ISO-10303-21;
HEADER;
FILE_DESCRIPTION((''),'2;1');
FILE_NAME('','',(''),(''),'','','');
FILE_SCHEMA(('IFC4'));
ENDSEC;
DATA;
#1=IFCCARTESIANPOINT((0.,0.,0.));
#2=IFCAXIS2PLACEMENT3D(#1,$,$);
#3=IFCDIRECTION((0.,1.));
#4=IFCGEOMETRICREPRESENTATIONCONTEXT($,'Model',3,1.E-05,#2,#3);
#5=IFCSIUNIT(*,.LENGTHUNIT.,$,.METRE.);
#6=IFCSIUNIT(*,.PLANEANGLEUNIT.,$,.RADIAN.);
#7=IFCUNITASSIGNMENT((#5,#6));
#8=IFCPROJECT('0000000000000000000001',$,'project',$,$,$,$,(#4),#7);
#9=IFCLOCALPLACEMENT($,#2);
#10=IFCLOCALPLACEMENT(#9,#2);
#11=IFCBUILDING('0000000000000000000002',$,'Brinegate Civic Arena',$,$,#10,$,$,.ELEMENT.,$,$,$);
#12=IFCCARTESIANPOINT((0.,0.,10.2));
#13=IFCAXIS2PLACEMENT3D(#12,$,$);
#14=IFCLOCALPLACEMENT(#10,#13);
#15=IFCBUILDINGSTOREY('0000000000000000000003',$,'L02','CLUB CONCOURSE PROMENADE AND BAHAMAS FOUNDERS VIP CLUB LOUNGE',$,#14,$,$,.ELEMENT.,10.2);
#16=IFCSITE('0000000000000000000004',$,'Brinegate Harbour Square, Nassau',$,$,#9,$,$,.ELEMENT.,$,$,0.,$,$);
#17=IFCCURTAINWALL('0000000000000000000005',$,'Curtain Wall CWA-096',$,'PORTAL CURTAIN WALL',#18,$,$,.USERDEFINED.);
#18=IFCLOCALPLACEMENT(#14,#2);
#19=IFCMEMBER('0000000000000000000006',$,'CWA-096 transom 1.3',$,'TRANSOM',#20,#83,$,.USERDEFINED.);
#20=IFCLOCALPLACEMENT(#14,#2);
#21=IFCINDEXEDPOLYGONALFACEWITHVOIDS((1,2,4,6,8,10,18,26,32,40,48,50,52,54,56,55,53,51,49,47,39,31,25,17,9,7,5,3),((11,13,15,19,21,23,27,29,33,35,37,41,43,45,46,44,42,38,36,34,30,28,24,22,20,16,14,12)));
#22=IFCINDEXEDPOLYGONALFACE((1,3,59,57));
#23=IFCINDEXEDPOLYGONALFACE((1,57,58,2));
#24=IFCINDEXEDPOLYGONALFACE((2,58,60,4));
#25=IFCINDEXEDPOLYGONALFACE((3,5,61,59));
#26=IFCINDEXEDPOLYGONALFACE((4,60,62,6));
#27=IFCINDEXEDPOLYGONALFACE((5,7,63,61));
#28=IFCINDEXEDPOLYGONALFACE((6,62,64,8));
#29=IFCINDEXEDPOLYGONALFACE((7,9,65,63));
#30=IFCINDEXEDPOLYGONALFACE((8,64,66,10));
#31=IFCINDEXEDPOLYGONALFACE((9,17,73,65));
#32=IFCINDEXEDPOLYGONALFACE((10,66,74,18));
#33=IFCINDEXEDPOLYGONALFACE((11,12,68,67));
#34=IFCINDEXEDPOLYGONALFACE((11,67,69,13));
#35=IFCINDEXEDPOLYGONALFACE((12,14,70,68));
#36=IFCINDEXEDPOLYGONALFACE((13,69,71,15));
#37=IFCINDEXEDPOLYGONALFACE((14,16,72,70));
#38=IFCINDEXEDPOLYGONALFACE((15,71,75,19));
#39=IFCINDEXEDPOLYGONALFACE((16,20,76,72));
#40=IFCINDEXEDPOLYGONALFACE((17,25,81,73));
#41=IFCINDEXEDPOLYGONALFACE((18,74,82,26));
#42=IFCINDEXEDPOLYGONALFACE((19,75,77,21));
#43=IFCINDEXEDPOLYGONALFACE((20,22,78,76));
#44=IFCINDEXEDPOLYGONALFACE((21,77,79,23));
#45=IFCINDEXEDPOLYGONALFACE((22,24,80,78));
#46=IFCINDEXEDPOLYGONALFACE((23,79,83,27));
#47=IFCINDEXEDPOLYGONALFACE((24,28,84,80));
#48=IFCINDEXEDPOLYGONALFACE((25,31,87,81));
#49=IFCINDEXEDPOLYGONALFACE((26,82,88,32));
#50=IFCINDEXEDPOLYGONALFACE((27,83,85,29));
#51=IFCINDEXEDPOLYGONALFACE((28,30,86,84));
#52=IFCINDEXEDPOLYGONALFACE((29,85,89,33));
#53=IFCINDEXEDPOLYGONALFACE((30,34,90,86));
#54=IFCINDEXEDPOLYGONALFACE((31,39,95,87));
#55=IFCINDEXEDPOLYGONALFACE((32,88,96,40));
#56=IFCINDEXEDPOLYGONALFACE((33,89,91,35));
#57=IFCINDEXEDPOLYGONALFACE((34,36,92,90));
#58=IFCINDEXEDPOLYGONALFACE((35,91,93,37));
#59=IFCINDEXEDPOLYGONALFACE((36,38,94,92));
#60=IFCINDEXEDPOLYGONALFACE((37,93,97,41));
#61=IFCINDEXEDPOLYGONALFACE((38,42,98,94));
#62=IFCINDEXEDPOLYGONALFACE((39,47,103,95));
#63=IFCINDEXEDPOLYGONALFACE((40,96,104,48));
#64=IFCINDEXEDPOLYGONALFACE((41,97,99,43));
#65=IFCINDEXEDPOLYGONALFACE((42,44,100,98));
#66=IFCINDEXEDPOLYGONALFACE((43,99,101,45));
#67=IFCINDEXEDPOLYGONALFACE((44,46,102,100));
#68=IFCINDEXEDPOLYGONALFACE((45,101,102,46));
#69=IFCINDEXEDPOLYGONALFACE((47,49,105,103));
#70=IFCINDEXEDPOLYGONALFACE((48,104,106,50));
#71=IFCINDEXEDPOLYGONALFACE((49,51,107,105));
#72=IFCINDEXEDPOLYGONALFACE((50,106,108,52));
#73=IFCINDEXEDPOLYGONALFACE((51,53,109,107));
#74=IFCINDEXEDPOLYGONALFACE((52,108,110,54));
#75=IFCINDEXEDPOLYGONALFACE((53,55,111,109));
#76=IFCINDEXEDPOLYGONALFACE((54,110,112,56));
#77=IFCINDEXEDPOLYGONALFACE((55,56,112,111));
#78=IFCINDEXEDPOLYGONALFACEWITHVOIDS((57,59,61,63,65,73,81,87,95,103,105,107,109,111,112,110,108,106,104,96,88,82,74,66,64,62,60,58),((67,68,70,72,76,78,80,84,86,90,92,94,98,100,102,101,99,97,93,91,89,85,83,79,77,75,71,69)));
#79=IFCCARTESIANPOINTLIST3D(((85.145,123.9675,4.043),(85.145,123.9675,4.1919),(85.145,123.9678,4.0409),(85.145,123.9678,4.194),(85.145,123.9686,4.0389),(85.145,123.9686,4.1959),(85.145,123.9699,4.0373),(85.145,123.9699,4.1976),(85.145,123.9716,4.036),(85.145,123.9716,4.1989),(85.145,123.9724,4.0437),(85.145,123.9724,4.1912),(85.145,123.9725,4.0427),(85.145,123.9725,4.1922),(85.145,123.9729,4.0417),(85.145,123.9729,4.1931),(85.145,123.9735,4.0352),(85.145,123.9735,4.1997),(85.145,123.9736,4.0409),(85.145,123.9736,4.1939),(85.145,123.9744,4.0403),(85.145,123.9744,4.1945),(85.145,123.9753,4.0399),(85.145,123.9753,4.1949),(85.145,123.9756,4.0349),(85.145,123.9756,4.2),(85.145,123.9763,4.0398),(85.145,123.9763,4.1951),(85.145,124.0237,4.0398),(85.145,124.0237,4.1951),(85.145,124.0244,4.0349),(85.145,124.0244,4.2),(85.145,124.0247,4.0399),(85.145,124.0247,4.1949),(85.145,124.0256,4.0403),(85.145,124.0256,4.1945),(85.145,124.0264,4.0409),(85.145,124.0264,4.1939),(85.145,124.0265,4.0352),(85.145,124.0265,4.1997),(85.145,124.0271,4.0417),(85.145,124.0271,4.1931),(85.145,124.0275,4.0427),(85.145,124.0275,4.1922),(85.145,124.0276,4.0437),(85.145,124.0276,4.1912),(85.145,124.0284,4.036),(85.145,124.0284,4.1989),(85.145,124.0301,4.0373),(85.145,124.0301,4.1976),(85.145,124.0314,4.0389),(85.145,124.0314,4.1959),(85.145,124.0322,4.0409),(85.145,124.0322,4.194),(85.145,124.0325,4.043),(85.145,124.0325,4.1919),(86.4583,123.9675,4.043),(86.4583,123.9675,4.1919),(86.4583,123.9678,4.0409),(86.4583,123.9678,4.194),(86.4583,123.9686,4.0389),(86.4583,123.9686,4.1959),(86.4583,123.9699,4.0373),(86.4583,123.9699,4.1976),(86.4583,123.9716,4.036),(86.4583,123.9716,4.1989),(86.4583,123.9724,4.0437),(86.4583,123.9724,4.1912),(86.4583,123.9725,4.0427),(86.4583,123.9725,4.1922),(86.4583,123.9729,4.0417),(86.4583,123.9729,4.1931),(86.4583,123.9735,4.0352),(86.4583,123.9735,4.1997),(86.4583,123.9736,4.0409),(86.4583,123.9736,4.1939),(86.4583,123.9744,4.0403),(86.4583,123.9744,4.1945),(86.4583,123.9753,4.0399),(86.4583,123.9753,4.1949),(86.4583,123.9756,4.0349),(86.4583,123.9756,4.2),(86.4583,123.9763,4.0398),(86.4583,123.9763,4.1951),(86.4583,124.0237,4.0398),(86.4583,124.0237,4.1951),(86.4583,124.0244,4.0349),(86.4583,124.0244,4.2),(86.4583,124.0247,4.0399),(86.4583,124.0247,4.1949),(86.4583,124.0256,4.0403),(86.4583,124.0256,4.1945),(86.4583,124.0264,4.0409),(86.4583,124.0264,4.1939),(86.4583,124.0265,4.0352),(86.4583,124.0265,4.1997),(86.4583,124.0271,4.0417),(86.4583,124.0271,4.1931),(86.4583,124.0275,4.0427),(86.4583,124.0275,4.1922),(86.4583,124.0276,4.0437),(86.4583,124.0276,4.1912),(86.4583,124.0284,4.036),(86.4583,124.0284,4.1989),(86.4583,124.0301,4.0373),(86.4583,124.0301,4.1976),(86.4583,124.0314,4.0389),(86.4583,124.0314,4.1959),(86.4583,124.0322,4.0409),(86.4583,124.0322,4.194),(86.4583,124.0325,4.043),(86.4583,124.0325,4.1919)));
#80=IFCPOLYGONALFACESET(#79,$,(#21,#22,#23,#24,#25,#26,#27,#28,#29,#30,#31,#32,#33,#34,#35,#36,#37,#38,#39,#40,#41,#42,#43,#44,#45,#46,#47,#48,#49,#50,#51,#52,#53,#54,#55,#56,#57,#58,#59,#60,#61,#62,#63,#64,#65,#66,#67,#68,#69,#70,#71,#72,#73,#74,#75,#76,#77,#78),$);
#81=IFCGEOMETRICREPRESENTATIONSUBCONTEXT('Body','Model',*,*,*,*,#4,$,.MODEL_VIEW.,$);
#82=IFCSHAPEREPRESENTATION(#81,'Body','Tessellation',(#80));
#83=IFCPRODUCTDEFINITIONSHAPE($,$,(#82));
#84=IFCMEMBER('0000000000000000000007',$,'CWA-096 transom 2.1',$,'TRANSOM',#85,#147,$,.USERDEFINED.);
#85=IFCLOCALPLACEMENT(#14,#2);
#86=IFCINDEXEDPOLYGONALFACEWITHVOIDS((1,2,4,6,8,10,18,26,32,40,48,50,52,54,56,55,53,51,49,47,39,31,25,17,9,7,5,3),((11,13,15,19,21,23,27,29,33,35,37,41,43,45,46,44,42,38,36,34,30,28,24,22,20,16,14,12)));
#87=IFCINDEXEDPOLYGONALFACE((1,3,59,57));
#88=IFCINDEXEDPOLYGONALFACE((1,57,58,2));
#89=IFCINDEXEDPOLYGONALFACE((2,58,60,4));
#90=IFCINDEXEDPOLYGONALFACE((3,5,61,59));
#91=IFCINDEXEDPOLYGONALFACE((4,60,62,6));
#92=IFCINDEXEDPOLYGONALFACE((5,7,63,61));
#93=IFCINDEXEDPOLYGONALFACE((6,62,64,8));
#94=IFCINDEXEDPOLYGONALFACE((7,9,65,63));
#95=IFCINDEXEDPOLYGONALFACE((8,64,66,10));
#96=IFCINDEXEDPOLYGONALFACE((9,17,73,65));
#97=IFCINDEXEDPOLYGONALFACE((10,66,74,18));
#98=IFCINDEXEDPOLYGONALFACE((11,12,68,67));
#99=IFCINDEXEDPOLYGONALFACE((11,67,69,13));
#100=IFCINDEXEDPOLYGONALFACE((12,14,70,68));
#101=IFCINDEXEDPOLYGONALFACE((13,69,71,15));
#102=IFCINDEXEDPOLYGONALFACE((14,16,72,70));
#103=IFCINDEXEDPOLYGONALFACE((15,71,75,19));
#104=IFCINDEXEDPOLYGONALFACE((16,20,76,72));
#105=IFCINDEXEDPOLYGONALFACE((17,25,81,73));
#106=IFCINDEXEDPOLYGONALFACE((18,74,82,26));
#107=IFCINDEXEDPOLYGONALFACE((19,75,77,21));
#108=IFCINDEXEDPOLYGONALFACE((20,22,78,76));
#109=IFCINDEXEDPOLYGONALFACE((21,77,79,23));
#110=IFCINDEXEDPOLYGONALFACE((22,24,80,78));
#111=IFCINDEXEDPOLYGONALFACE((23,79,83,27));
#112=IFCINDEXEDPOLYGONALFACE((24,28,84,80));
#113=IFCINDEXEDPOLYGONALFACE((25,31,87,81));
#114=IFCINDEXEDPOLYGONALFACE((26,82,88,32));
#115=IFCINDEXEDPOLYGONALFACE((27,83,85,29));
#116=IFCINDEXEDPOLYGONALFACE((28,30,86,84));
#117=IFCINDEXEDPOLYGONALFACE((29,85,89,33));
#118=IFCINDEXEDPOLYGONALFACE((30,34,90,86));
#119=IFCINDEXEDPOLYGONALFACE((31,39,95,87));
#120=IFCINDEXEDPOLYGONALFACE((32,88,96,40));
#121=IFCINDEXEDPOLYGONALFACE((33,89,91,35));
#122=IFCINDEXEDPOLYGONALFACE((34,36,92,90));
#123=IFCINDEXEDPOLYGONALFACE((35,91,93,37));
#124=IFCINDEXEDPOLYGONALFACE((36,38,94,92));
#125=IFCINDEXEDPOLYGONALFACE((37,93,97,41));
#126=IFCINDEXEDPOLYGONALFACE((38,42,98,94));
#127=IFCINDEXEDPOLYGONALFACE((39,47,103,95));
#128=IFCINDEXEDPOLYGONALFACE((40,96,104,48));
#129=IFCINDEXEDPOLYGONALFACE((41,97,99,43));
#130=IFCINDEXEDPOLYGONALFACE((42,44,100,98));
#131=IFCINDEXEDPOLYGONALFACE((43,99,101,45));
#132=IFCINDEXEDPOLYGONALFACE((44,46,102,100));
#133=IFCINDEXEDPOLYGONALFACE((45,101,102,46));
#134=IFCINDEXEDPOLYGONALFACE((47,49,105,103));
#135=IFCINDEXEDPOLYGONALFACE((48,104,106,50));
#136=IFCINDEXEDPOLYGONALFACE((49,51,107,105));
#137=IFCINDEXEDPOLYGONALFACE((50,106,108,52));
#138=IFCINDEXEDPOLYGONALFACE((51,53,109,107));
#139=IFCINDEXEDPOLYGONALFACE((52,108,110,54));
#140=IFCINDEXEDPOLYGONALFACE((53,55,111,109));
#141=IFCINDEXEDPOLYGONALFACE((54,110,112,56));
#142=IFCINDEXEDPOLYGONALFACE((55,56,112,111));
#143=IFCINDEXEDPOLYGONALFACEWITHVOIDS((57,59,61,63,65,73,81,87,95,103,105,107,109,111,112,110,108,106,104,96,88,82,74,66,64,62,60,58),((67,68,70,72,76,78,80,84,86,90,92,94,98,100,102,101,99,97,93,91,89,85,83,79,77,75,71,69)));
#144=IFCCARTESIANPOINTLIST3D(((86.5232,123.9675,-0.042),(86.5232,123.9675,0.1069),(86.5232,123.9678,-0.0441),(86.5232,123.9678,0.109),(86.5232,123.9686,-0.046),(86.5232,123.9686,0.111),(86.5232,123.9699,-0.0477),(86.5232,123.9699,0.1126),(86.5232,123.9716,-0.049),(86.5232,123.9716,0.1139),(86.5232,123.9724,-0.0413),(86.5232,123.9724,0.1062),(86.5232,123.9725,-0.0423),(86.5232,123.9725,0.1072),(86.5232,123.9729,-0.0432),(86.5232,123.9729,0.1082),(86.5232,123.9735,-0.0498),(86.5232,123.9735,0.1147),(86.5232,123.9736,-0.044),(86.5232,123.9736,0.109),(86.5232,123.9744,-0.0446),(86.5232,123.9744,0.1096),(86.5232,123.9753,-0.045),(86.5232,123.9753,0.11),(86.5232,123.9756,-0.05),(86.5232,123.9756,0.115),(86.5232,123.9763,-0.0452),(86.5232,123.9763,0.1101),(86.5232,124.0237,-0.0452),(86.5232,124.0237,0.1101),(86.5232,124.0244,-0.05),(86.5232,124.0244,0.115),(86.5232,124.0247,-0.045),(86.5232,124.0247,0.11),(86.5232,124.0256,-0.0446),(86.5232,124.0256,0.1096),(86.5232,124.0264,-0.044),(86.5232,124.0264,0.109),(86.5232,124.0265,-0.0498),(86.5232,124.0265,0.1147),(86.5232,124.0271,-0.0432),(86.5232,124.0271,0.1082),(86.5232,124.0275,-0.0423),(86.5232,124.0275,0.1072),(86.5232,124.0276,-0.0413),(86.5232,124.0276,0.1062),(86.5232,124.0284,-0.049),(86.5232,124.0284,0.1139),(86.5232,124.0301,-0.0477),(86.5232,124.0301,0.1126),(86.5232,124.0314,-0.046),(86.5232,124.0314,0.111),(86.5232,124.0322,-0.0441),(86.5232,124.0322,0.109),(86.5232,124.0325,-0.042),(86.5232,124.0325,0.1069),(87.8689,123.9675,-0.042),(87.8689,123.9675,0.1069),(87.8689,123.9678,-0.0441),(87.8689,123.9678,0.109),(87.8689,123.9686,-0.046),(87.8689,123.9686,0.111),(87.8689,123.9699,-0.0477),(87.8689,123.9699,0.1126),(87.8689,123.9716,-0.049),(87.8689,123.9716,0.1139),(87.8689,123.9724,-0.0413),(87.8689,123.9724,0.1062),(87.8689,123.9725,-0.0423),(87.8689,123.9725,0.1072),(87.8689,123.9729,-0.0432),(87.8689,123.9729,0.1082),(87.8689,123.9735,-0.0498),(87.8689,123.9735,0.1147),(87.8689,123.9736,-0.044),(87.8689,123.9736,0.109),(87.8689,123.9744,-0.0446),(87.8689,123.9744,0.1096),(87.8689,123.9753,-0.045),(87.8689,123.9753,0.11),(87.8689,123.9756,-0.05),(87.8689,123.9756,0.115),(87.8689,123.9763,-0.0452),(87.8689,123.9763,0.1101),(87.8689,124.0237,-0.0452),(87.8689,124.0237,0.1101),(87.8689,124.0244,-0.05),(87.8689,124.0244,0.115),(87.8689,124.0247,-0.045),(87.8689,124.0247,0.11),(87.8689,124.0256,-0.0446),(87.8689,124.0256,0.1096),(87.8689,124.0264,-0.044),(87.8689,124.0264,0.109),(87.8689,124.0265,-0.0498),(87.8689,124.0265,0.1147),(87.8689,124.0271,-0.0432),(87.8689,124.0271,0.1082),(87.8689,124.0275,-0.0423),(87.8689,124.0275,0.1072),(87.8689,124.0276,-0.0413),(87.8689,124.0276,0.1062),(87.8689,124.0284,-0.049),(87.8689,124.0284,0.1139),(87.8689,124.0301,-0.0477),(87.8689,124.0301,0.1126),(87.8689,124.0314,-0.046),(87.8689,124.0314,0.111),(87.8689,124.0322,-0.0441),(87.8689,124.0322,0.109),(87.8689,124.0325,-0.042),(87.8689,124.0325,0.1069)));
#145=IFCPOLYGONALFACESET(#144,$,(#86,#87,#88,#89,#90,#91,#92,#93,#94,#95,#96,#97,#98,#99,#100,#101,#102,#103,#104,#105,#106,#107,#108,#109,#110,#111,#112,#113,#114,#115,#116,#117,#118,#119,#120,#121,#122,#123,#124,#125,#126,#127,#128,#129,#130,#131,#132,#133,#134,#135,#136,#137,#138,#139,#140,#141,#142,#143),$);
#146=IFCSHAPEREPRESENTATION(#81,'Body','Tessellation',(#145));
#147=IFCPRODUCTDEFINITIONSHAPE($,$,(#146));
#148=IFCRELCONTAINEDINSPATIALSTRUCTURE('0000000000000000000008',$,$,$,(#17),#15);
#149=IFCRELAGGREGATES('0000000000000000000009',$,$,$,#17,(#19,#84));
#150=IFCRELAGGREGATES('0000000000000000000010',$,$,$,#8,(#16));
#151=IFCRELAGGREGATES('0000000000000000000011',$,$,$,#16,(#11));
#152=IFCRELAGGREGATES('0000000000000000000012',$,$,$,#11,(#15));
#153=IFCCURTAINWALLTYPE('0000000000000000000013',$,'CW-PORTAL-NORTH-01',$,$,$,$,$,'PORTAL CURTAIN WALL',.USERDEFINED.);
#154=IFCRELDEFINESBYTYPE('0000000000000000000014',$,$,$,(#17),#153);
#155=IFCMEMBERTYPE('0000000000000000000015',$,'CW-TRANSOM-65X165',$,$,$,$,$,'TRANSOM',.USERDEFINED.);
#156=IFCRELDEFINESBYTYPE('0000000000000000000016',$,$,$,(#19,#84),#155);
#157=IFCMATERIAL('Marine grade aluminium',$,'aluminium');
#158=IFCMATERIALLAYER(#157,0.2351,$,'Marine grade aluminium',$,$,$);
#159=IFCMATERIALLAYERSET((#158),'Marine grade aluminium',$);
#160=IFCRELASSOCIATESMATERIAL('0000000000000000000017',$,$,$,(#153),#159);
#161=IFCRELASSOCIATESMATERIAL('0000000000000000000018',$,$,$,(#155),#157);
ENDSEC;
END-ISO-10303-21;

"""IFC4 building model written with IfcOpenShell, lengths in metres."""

from ifc_helpers import new_model, si_unit, direction, frame, origin, origin_2d, place, context, subcontext, project, spatial, hollow_rectangle, extrude, material, layer, layer_set, material_profile, profile_set, type_object, element, aggregate, save


model = new_model("IFC4")

# Units and contexts
model_context = context("Model", 3, precision=1e-05, world=origin(), true_north=direction((0.0, 1.0)))
body_context = subcontext(model_context, "Body", "Model", "MODEL_VIEW")
ifc_project = project(units=[si_unit("LENGTHUNIT", "METRE"), si_unit("PLANEANGLEUNIT", "RADIAN")], contexts=[model_context])

# Site, building, storey
site_placement = place(None, origin())
site = spatial("IfcSite", under=ifc_project, at=site_placement, Name="Brinegate Harbour Square, Nassau", CompositionType="ELEMENT", RefElevation=0.0)
building_placement = place(site_placement, origin())
building = spatial("IfcBuilding", under=site, at=building_placement, Name="Brinegate Civic Arena", CompositionType="ELEMENT")
storey_placement = place(building_placement, frame((0.0, 0.0, 10.2)))
storey = spatial("IfcBuildingStorey", under=building, at=storey_placement, Name="L02", Description="CLUB CONCOURSE PROMENADE AND BAHAMAS FOUNDERS VIP CLUB LOUNGE", CompositionType="ELEMENT", Elevation=10.2)

# Curtain wall, members
ifc_material_1 = material(Name="Marine grade aluminium", Category="aluminium")
ifc_layer_1 = layer(ifc_material_1, 0.2351, Name="Marine grade aluminium")
ifc_layer_set_1 = layer_set([ifc_layer_1], Name="Marine grade aluminium")
curtain_wall_type = type_object("IfcCurtainWallType", Name="CW-PORTAL-NORTH-01", ElementType="PORTAL CURTAIN WALL", PredefinedType="USERDEFINED", material=ifc_layer_set_1)
curtain_wall_placement = place(storey_placement, origin())
curtain_wall = element("IfcCurtainWall", 1, at=curtain_wall_placement, inside=storey, type_object=curtain_wall_type, Name="Curtain Wall CWA-096", ObjectType="PORTAL CURTAIN WALL", PredefinedType="USERDEFINED")
ifc_material_profile_1 = material_profile(ifc_material_1, hollow_rectangle(XDim=0.0649, YDim=0.165, WallThickness=0.0049, InnerFilletRadius=0.0039, OuterFilletRadius=0.0081, at=origin_2d()), Name="TRN65X165")
ifc_profile_set_1 = profile_set([ifc_material_profile_1], Name="Marine grade aluminium")
member_type_1 = type_object("IfcMemberType", Name="CW-TRANSOM-65X165", ElementType="TRANSOM", PredefinedType="USERDEFINED", material=ifc_profile_set_1)
member_1_placement = place(storey_placement, frame((85.145, 124.0, 4.1174), z_axis=(1.0, 0.0, 0.0), x_axis=(0.0, 1.0, 0.0)))
member_1 = element("IfcMember", 2, at=member_1_placement, type_object=member_type_1, Name="CWA-096 transom 1.3", ObjectType="TRANSOM", PredefinedType="USERDEFINED", context=body_context, shape_type="SweptSolid", body=[
    extrude(hollow_rectangle(XDim=0.0649, YDim=0.165, WallThickness=0.0049, InnerFilletRadius=0.0039, OuterFilletRadius=0.0081, at=origin_2d()), origin(), (0.0, 0.0, 1.0), 1.3132),
])
member_2_placement = place(storey_placement, frame((86.5232, 124.0, 0.0325), z_axis=(1.0, 0.0, 0.0), x_axis=(0.0, 1.0, 0.0)))
member_2 = element("IfcMember", 3, at=member_2_placement, type_object=member_type_1, Name="CWA-096 transom 2.1", ObjectType="TRANSOM", PredefinedType="USERDEFINED", context=body_context, shape_type="SweptSolid", body=[
    extrude(hollow_rectangle(XDim=0.0649, YDim=0.165, WallThickness=0.0049, InnerFilletRadius=0.0039, OuterFilletRadius=0.0081, at=origin_2d()), origin(), (0.0, 0.0, 1.0), 1.3457),
])

aggregate(curtain_wall, [member_1, member_2])

save(model, "model.ifc")
